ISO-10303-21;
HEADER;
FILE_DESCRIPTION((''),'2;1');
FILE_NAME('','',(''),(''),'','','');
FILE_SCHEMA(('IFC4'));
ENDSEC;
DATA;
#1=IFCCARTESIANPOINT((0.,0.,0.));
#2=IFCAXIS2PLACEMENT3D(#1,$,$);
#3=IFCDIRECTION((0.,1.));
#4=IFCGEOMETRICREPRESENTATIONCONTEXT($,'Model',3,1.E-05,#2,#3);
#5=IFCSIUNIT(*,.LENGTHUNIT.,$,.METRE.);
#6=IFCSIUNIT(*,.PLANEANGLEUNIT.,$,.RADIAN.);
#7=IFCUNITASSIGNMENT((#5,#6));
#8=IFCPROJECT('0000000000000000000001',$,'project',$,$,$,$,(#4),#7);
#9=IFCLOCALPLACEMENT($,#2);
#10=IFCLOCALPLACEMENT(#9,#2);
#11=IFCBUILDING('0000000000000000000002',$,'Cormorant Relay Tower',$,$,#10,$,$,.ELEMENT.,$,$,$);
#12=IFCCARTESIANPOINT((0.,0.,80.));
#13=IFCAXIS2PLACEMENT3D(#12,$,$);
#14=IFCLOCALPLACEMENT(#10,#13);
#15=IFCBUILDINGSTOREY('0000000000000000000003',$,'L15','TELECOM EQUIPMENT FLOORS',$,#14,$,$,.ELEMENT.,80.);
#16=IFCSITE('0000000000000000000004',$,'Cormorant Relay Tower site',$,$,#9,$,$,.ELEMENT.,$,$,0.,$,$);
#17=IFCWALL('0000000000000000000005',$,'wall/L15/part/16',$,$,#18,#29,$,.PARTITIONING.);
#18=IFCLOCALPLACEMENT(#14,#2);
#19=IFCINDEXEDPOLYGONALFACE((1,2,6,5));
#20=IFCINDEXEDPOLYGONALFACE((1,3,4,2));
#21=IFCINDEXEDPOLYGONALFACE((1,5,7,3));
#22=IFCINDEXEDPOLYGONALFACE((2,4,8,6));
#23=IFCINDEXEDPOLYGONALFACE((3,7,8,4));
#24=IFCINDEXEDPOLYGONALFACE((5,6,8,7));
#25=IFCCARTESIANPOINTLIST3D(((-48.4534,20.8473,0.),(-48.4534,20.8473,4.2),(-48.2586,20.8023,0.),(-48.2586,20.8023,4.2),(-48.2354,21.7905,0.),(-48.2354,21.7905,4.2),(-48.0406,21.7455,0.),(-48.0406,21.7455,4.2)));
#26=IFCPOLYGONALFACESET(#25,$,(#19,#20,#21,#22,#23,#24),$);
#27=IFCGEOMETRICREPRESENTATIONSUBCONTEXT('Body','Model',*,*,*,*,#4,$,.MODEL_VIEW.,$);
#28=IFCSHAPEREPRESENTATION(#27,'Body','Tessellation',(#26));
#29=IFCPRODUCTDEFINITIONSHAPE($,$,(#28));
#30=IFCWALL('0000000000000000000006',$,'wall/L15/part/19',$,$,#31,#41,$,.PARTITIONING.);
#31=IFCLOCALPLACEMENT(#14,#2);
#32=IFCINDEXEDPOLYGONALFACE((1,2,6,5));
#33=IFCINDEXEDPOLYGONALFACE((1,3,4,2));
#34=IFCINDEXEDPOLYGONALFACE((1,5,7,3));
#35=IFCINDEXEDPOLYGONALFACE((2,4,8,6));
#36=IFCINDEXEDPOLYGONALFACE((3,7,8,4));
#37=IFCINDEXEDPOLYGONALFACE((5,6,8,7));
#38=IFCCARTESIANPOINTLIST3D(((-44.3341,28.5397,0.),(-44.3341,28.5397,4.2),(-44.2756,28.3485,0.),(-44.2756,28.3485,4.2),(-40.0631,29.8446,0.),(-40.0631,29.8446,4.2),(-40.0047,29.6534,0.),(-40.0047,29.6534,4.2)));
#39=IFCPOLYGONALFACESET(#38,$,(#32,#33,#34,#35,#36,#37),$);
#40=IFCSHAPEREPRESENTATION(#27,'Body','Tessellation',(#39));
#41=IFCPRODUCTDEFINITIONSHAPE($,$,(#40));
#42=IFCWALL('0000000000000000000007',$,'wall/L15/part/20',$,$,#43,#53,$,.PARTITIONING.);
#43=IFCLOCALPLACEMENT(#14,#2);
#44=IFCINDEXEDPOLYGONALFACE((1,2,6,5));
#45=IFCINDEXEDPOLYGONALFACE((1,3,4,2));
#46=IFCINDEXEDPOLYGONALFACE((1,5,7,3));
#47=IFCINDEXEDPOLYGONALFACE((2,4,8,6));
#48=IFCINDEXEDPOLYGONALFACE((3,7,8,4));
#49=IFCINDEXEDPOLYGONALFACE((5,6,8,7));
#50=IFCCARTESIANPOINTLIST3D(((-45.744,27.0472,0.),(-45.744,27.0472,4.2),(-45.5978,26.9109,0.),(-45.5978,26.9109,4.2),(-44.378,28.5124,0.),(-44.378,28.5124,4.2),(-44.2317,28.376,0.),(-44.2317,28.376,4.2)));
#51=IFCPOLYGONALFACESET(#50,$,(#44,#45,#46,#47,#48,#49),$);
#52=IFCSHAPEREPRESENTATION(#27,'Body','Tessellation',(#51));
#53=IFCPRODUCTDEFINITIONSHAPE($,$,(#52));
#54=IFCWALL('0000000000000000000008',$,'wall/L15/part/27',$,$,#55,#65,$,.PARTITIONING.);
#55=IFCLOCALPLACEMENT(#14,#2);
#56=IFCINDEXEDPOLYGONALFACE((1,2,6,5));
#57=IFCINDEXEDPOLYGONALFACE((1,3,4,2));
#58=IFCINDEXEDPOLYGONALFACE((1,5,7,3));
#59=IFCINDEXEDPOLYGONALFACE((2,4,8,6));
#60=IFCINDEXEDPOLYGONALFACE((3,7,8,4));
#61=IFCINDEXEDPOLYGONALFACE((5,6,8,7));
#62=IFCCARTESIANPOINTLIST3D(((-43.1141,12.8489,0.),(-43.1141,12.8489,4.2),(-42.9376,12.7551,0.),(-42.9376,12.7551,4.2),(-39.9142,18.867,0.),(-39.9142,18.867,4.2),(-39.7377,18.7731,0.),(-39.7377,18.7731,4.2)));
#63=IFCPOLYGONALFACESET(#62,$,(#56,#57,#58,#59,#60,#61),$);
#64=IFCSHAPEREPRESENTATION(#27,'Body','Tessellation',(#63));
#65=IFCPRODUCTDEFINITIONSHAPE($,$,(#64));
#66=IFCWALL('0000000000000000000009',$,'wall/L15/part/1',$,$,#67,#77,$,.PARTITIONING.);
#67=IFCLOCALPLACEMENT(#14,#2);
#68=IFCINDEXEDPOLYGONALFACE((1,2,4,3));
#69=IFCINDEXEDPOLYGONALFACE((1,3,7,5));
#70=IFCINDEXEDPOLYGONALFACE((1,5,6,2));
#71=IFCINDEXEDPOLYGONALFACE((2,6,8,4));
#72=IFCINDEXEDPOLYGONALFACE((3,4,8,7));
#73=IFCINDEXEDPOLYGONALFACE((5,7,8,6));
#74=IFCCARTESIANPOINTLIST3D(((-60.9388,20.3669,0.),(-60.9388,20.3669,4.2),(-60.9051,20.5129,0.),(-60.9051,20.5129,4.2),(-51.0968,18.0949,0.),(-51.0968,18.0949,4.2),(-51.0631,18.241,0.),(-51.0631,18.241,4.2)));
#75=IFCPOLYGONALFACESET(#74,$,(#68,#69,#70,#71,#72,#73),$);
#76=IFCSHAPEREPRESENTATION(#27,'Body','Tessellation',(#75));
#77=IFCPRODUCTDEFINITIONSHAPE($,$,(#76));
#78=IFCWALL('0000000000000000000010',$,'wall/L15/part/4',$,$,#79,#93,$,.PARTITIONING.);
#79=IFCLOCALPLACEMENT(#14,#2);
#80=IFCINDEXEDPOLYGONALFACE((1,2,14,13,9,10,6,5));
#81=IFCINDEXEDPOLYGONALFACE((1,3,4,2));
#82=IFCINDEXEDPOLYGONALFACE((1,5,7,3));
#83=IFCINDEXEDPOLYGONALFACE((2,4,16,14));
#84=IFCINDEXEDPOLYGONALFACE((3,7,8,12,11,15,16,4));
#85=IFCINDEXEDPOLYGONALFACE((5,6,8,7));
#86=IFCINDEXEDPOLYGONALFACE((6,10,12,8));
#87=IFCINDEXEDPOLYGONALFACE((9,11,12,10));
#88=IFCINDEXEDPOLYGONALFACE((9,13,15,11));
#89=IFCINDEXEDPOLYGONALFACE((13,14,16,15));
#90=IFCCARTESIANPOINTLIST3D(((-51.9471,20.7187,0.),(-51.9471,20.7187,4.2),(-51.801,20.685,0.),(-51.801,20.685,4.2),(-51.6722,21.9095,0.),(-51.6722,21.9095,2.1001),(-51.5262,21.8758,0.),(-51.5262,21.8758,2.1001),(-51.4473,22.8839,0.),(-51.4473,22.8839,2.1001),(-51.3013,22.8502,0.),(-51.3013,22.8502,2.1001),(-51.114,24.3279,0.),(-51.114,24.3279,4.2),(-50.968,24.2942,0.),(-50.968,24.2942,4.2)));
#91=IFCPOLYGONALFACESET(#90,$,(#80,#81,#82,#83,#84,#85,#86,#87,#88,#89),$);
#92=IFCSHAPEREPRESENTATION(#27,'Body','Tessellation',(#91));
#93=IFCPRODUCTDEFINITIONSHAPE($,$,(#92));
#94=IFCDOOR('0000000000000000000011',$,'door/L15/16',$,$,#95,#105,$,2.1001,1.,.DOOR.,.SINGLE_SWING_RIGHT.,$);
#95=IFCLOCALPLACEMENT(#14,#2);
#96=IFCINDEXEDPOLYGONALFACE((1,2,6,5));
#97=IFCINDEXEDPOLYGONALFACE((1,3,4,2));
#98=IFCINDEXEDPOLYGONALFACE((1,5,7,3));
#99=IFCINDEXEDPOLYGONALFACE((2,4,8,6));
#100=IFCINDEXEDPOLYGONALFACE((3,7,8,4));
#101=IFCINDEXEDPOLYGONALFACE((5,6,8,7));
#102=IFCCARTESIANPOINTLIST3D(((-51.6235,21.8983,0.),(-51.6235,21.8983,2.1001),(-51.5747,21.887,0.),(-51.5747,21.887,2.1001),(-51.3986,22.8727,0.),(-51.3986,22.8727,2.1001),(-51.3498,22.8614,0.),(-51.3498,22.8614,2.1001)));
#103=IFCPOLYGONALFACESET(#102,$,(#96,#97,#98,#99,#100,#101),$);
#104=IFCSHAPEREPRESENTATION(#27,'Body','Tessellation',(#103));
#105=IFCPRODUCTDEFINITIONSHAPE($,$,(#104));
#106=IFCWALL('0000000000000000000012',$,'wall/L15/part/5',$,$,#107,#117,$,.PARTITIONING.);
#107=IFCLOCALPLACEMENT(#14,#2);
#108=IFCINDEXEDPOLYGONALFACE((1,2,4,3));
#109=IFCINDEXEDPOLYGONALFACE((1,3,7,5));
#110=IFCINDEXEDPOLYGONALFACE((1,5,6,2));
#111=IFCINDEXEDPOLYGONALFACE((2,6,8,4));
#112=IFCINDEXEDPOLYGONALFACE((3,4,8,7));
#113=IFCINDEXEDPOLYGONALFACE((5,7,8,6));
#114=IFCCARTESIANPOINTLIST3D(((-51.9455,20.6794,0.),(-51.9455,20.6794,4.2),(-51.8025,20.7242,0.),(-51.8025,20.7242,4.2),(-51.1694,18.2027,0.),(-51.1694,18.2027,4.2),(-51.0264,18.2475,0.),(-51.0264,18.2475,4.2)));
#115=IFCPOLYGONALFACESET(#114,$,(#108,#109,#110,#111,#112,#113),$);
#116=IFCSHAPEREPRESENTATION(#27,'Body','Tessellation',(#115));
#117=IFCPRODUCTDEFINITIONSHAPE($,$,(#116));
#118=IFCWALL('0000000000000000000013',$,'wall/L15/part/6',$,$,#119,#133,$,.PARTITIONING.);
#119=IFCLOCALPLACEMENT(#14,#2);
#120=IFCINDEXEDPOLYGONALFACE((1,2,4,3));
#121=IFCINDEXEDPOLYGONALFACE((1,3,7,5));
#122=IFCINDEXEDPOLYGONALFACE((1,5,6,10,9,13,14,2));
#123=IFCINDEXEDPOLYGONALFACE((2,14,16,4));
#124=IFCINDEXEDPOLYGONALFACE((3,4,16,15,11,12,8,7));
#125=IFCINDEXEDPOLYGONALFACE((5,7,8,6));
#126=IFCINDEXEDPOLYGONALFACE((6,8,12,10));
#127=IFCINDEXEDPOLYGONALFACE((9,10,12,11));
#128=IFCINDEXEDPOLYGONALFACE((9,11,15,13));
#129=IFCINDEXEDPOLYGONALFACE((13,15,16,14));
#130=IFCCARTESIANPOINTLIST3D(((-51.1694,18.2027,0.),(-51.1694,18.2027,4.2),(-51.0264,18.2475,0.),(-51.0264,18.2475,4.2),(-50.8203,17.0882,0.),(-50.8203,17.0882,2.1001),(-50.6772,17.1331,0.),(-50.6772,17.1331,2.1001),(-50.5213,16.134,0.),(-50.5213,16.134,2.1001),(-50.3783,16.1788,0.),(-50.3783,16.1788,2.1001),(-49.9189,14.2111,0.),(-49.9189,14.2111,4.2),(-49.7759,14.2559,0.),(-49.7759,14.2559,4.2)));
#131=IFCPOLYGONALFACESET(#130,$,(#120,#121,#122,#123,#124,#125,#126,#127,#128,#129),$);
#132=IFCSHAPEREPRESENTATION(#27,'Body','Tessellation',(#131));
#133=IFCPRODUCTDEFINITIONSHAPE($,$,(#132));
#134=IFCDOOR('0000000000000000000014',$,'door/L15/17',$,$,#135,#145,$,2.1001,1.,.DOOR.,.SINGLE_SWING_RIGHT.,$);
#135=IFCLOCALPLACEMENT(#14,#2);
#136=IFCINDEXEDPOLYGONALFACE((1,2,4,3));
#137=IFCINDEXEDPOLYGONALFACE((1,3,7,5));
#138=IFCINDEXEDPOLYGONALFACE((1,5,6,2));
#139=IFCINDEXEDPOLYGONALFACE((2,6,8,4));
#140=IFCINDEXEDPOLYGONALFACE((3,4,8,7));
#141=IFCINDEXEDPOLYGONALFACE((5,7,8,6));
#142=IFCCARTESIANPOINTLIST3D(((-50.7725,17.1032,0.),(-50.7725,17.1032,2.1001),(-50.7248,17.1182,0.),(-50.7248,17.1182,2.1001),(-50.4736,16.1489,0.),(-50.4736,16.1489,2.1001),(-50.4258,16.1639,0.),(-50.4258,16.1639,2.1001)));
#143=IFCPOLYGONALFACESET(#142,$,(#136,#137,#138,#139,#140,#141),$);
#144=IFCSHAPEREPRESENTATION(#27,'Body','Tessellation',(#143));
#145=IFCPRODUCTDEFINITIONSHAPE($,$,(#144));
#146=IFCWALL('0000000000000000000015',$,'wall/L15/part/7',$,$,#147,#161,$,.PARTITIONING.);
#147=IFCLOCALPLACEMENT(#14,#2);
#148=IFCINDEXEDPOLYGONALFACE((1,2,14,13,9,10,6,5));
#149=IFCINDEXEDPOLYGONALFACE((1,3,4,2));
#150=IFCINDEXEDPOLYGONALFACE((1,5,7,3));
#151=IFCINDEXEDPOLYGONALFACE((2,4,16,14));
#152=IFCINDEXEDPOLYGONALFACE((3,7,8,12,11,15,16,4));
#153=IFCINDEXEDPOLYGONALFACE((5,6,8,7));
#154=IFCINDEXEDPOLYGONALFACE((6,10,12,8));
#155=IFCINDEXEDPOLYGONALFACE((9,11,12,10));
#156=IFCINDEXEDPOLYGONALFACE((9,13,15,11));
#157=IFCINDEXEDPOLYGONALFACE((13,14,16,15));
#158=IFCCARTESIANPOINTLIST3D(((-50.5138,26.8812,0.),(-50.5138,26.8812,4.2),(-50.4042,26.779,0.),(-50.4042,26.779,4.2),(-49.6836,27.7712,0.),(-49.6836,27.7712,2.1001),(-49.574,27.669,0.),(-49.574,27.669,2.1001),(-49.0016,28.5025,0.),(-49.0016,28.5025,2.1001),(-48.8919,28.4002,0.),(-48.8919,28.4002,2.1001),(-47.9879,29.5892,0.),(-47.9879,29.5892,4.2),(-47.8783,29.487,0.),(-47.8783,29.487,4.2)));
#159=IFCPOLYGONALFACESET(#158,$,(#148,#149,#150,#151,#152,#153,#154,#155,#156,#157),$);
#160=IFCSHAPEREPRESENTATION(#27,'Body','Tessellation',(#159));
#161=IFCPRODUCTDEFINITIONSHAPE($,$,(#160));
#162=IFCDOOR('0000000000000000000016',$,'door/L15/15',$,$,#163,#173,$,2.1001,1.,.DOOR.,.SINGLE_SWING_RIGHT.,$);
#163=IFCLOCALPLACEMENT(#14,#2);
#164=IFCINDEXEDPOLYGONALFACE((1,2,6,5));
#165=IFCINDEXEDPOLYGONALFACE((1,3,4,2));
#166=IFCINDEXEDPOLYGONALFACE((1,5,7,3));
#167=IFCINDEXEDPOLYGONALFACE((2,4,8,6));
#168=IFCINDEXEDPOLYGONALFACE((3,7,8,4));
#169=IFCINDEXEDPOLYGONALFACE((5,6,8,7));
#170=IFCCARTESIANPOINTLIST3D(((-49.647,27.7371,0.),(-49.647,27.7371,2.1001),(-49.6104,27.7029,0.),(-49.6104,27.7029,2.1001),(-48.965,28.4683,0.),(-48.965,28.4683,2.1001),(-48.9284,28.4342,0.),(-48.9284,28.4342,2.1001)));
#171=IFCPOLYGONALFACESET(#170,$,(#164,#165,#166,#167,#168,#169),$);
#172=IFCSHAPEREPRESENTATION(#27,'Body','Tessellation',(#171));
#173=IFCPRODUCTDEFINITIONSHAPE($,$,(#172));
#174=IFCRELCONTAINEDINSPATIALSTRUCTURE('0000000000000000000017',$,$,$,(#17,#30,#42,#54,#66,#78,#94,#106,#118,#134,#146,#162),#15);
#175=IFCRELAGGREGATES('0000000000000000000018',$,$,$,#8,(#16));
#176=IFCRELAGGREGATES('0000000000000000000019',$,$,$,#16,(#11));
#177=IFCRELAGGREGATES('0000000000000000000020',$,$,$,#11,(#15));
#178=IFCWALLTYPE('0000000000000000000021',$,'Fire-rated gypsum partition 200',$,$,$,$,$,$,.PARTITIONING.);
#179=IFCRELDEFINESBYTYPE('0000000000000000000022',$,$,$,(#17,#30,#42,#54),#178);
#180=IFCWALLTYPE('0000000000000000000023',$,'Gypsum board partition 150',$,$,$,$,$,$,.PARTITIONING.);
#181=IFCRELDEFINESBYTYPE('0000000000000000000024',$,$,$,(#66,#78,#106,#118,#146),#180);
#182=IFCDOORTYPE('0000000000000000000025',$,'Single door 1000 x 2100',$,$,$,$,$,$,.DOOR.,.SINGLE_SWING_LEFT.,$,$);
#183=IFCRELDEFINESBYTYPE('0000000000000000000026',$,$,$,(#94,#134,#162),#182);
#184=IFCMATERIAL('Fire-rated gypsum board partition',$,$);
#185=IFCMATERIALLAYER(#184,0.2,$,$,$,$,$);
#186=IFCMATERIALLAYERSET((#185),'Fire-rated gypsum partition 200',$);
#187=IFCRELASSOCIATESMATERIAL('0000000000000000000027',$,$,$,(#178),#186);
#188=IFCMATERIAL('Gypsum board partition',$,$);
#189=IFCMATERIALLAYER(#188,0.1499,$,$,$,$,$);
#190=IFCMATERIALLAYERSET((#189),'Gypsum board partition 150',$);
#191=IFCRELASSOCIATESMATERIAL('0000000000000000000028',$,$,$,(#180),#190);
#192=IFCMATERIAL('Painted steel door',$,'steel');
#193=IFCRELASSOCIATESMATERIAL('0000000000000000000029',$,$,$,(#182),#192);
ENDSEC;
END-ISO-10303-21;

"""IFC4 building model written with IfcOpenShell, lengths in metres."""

from ifc_helpers import new_model, si_unit, direction, frame, frame_2d, origin, place, context, subcontext, project, spatial, rectangle, extrude, material, layer, layer_set, type_object, element, fill, save


model = new_model("IFC4")

# Units and contexts
model_context = context("Model", 3, precision=1e-05, world=origin(), true_north=direction((0.0, 1.0)))
body_context = subcontext(model_context, "Body", "Model", "MODEL_VIEW")
ifc_project = project(units=[si_unit("LENGTHUNIT", "METRE"), si_unit("PLANEANGLEUNIT", "RADIAN")], contexts=[model_context])

# Site, building, storey
site_placement = place(None, origin())
site = spatial("IfcSite", under=ifc_project, at=site_placement, Name="Cormorant Relay Tower site", CompositionType="ELEMENT", RefElevation=0.0)
building_placement = place(site_placement, origin())
building = spatial("IfcBuilding", under=site, at=building_placement, Name="Cormorant Relay Tower", CompositionType="ELEMENT")
storey_placement = place(building_placement, frame((0.0, 0.0, 80.0)))
storey = spatial("IfcBuildingStorey", under=building, at=storey_placement, Name="L15", Description="TELECOM EQUIPMENT FLOORS", CompositionType="ELEMENT", Elevation=80.0)

# Walls
ifc_material_1 = material(Name="Fire-rated gypsum board partition")
ifc_layer_1 = layer(ifc_material_1, 0.2)
ifc_layer_set_1 = layer_set([ifc_layer_1], Name="Fire-rated gypsum partition 200")
wall_type_1 = type_object("IfcWallType", Name="Fire-rated gypsum partition 200", PredefinedType="PARTITIONING", material=ifc_layer_set_1)
wall_1_placement = place(storey_placement, frame((-48.356, 20.825, 0.0), z_axis=(0.0, 0.0, 1.0), x_axis=(0.225228, 0.974306, 0.0)))
element("IfcWall", 1, at=wall_1_placement, inside=storey, type_object=wall_type_1, Name="wall/L15/part/16", PredefinedType="PARTITIONING", context=body_context, shape_type="SweptSolid", body=[
    extrude(rectangle(XDim=0.968, YDim=0.2, at=frame_2d((0.4839, 0.0))), origin(), (0.0, 0.0, 1.0), 4.2),
])
wall_2_placement = place(storey_placement, frame((-40.0339, 29.749, 0.0), z_axis=(0.0, 0.0, 1.0), x_axis=(-0.956358, -0.292199, 0.0)))
element("IfcWall", 2, at=wall_2_placement, inside=storey, type_object=wall_type_1, Name="wall/L15/part/19", PredefinedType="PARTITIONING", context=body_context, shape_type="SweptSolid", body=[
    extrude(rectangle(XDim=4.4658, YDim=0.2, at=frame_2d((2.2329, 0.0))), origin(), (0.0, 0.0, 1.0), 4.2),
])
wall_3_placement = place(storey_placement, frame((-44.3049, 28.4441, 0.0), z_axis=(0.0, 0.0, 1.0), x_axis=(-0.681932, -0.731416, 0.0)))
element("IfcWall", 3, at=wall_3_placement, inside=storey, type_object=wall_type_1, Name="wall/L15/part/20", PredefinedType="PARTITIONING", context=body_context, shape_type="SweptSolid", body=[
    extrude(rectangle(XDim=2.0032, YDim=0.2, at=frame_2d((1.0015, 0.0))), origin(), (0.0, 0.0, 1.0), 4.2),
])
wall_4_placement = place(storey_placement, frame((-39.8259, 18.8201, 0.0), z_axis=(0.0, 0.0, 1.0), x_axis=(-0.469482, -0.882942, 0.0)))
element("IfcWall", 4, at=wall_4_placement, inside=storey, type_object=wall_type_1, Name="wall/L15/part/27", PredefinedType="PARTITIONING", context=body_context, shape_type="SweptSolid", body=[
    extrude(rectangle(XDim=6.8159, YDim=0.2, at=frame_2d((3.408, 0.0))), origin(), (0.0, 0.0, 1.0), 4.2),
])
ifc_material_2 = material(Name="Gypsum board partition")
ifc_layer_2 = layer(ifc_material_2, 0.1499)
ifc_layer_set_2 = layer_set([ifc_layer_2], Name="Gypsum board partition 150")
wall_type_2 = type_object("IfcWallType", Name="Gypsum board partition 150", PredefinedType="PARTITIONING", material=ifc_layer_set_2)
wall_5_placement = place(storey_placement, frame((-51.0801, 18.168, 0.0), z_axis=(0.0, 0.0, 1.0), x_axis=(-0.974375, 0.224928, 0.0)))
element("IfcWall", 5, at=wall_5_placement, inside=storey, type_object=wall_type_2, Name="wall/L15/part/1", PredefinedType="PARTITIONING", context=body_context, shape_type="SweptSolid", body=[
    extrude(rectangle(XDim=10.1008, YDim=0.1499, at=frame_2d((5.0503, 0.0))), origin(), (0.0, 0.0, 1.0), 4.2),
])

# Wall, opening, door
wall_6_placement = place(storey_placement, frame((-51.041, 24.311, 0.0), z_axis=(0.0, 0.0, 1.0), x_axis=(-0.224893, -0.974383, 0.0)))
wall_6 = element("IfcWall", 6, at=wall_6_placement, inside=storey, type_object=wall_type_2, Name="wall/L15/part/4", PredefinedType="PARTITIONING", context=body_context, shape_type="SweptSolid", body=[
    extrude(rectangle(XDim=3.7041, YDim=0.1499, at=frame_2d((1.8521, 0.0))), origin(), (0.0, 0.0, 1.0), 4.2),
])
opening_1_placement = place(wall_6_placement, frame((1.4819, 0.0, 0.0)))
opening_1 = element("IfcOpeningElement", 7, at=opening_1_placement, cuts=wall_6, PredefinedType="OPENING", context=body_context, shape_type="SweptSolid", body=[
    extrude(rectangle(XDim=1.0, YDim=2.1001, at=frame_2d((0.5, 1.05))), frame((0.0, 0.085, 0.0), z_axis=(0.0, -1.0, 0.0), x_axis=(1.0, 0.0, 0.0)), (0.0, 0.0, 1.0), 0.1699),
])
ifc_material_3 = material(Name="Painted steel door", Category="steel")
door_type = type_object("IfcDoorType", Name="Single door 1000 x 2100", OperationType="SINGLE_SWING_LEFT", PredefinedType="DOOR", material=ifc_material_3)
door_1_placement = place(opening_1_placement, frame((1.0, 0.0, 0.0), z_axis=(0.0, 0.0, 1.0), x_axis=(-1.0, 0.0, 0.0)))
door_1 = element("IfcDoor", 8, at=door_1_placement, inside=storey, type_object=door_type, Name="door/L15/16", OperationType="SINGLE_SWING_RIGHT", OverallHeight=2.1001, OverallWidth=1.0, PredefinedType="DOOR", context=body_context, shape_type="SweptSolid", body=[
    extrude(rectangle(XDim=1.0, YDim=2.1001, at=frame_2d((0.5, 1.05))), frame((0.0, 0.0249, 0.0), z_axis=(0.0, -1.0, 0.0), x_axis=(1.0, 0.0, 0.0)), (0.0, 0.0, 1.0), 0.05),
])
fill(opening_1, door_1)

# Wall
wall_7_placement = place(storey_placement, frame((-51.874, 20.7019, 0.0), z_axis=(0.0, 0.0, 1.0), x_axis=(0.299019, -0.954247, 0.0)))
element("IfcWall", 9, at=wall_7_placement, inside=storey, type_object=wall_type_2, Name="wall/L15/part/5", PredefinedType="PARTITIONING", context=body_context, shape_type="SweptSolid", body=[
    extrude(rectangle(XDim=2.5955, YDim=0.1499, at=frame_2d((1.2979, 0.0))), origin(), (0.0, 0.0, 1.0), 4.2),
])

# Walls, openings, doors
wall_8_placement = place(storey_placement, frame((-49.8474, 14.2336, 0.0), z_axis=(0.0, 0.0, 1.0), x_axis=(-0.298963, 0.954265, 0.0)))
wall_8 = element("IfcWall", 10, at=wall_8_placement, inside=storey, type_object=wall_type_2, Name="wall/L15/part/6", PredefinedType="PARTITIONING", context=body_context, shape_type="SweptSolid", body=[
    extrude(rectangle(XDim=4.1829, YDim=0.1499, at=frame_2d((2.0913, 0.0))), origin(), (0.0, 0.0, 1.0), 4.2),
])
opening_2_placement = place(wall_8_placement, frame((2.0149, 0.0, 0.0)))
opening_2 = element("IfcOpeningElement", 11, at=opening_2_placement, cuts=wall_8, PredefinedType="OPENING", context=body_context, shape_type="SweptSolid", body=[
    extrude(rectangle(XDim=1.0, YDim=2.1001, at=frame_2d((0.5, 1.05))), frame((0.0, 0.085, 0.0), z_axis=(0.0, -1.0, 0.0), x_axis=(1.0, 0.0, 0.0)), (0.0, 0.0, 1.0), 0.1699),
])
door_2_placement = place(opening_2_placement, origin())
door_2 = element("IfcDoor", 12, at=door_2_placement, inside=storey, type_object=door_type, Name="door/L15/17", OperationType="SINGLE_SWING_RIGHT", OverallHeight=2.1001, OverallWidth=1.0, PredefinedType="DOOR", context=body_context, shape_type="SweptSolid", body=[
    extrude(rectangle(XDim=1.0, YDim=2.1001, at=frame_2d((0.5, 1.05))), frame((0.0, 0.0249, 0.0), z_axis=(0.0, -1.0, 0.0), x_axis=(1.0, 0.0, 0.0)), (0.0, 0.0, 1.0), 0.05),
])
fill(opening_2, door_2)
wall_9_placement = place(storey_placement, frame((-47.9331, 29.5381, 0.0), z_axis=(0.0, 0.0, 1.0), x_axis=(-0.682088, -0.73127, 0.0)))
wall_9 = element("IfcWall", 13, at=wall_9_placement, inside=storey, type_object=wall_type_2, Name="wall/L15/part/7", PredefinedType="PARTITIONING", context=body_context, shape_type="SweptSolid", body=[
    extrude(rectangle(XDim=3.7031, YDim=0.1499, at=frame_2d((1.8516, 0.0))), origin(), (0.0, 0.0, 1.0), 4.2),
])
opening_3_placement = place(wall_9_placement, frame((1.4861, 0.0, 0.0)))
opening_3 = element("IfcOpeningElement", 14, at=opening_3_placement, cuts=wall_9, PredefinedType="OPENING", context=body_context, shape_type="SweptSolid", body=[
    extrude(rectangle(XDim=1.0, YDim=2.1001, at=frame_2d((0.5, 1.05))), frame((0.0, 0.085, 0.0), z_axis=(0.0, -1.0, 0.0), x_axis=(1.0, 0.0, 0.0)), (0.0, 0.0, 1.0), 0.1699),
])
door_3_placement = place(opening_3_placement, frame((1.0, 0.0, 0.0), z_axis=(0.0, 0.0, 1.0), x_axis=(-1.0, 0.0, 0.0)))
door_3 = element("IfcDoor", 15, at=door_3_placement, inside=storey, type_object=door_type, Name="door/L15/15", OperationType="SINGLE_SWING_RIGHT", OverallHeight=2.1001, OverallWidth=1.0, PredefinedType="DOOR", context=body_context, shape_type="SweptSolid", body=[
    extrude(rectangle(XDim=1.0, YDim=2.1001, at=frame_2d((0.5, 1.05))), frame((0.0, 0.0249, 0.0), z_axis=(0.0, -1.0, 0.0), x_axis=(1.0, 0.0, 0.0)), (0.0, 0.0, 1.0), 0.05),
])
fill(opening_3, door_3)

save(model, "model.ifc")
